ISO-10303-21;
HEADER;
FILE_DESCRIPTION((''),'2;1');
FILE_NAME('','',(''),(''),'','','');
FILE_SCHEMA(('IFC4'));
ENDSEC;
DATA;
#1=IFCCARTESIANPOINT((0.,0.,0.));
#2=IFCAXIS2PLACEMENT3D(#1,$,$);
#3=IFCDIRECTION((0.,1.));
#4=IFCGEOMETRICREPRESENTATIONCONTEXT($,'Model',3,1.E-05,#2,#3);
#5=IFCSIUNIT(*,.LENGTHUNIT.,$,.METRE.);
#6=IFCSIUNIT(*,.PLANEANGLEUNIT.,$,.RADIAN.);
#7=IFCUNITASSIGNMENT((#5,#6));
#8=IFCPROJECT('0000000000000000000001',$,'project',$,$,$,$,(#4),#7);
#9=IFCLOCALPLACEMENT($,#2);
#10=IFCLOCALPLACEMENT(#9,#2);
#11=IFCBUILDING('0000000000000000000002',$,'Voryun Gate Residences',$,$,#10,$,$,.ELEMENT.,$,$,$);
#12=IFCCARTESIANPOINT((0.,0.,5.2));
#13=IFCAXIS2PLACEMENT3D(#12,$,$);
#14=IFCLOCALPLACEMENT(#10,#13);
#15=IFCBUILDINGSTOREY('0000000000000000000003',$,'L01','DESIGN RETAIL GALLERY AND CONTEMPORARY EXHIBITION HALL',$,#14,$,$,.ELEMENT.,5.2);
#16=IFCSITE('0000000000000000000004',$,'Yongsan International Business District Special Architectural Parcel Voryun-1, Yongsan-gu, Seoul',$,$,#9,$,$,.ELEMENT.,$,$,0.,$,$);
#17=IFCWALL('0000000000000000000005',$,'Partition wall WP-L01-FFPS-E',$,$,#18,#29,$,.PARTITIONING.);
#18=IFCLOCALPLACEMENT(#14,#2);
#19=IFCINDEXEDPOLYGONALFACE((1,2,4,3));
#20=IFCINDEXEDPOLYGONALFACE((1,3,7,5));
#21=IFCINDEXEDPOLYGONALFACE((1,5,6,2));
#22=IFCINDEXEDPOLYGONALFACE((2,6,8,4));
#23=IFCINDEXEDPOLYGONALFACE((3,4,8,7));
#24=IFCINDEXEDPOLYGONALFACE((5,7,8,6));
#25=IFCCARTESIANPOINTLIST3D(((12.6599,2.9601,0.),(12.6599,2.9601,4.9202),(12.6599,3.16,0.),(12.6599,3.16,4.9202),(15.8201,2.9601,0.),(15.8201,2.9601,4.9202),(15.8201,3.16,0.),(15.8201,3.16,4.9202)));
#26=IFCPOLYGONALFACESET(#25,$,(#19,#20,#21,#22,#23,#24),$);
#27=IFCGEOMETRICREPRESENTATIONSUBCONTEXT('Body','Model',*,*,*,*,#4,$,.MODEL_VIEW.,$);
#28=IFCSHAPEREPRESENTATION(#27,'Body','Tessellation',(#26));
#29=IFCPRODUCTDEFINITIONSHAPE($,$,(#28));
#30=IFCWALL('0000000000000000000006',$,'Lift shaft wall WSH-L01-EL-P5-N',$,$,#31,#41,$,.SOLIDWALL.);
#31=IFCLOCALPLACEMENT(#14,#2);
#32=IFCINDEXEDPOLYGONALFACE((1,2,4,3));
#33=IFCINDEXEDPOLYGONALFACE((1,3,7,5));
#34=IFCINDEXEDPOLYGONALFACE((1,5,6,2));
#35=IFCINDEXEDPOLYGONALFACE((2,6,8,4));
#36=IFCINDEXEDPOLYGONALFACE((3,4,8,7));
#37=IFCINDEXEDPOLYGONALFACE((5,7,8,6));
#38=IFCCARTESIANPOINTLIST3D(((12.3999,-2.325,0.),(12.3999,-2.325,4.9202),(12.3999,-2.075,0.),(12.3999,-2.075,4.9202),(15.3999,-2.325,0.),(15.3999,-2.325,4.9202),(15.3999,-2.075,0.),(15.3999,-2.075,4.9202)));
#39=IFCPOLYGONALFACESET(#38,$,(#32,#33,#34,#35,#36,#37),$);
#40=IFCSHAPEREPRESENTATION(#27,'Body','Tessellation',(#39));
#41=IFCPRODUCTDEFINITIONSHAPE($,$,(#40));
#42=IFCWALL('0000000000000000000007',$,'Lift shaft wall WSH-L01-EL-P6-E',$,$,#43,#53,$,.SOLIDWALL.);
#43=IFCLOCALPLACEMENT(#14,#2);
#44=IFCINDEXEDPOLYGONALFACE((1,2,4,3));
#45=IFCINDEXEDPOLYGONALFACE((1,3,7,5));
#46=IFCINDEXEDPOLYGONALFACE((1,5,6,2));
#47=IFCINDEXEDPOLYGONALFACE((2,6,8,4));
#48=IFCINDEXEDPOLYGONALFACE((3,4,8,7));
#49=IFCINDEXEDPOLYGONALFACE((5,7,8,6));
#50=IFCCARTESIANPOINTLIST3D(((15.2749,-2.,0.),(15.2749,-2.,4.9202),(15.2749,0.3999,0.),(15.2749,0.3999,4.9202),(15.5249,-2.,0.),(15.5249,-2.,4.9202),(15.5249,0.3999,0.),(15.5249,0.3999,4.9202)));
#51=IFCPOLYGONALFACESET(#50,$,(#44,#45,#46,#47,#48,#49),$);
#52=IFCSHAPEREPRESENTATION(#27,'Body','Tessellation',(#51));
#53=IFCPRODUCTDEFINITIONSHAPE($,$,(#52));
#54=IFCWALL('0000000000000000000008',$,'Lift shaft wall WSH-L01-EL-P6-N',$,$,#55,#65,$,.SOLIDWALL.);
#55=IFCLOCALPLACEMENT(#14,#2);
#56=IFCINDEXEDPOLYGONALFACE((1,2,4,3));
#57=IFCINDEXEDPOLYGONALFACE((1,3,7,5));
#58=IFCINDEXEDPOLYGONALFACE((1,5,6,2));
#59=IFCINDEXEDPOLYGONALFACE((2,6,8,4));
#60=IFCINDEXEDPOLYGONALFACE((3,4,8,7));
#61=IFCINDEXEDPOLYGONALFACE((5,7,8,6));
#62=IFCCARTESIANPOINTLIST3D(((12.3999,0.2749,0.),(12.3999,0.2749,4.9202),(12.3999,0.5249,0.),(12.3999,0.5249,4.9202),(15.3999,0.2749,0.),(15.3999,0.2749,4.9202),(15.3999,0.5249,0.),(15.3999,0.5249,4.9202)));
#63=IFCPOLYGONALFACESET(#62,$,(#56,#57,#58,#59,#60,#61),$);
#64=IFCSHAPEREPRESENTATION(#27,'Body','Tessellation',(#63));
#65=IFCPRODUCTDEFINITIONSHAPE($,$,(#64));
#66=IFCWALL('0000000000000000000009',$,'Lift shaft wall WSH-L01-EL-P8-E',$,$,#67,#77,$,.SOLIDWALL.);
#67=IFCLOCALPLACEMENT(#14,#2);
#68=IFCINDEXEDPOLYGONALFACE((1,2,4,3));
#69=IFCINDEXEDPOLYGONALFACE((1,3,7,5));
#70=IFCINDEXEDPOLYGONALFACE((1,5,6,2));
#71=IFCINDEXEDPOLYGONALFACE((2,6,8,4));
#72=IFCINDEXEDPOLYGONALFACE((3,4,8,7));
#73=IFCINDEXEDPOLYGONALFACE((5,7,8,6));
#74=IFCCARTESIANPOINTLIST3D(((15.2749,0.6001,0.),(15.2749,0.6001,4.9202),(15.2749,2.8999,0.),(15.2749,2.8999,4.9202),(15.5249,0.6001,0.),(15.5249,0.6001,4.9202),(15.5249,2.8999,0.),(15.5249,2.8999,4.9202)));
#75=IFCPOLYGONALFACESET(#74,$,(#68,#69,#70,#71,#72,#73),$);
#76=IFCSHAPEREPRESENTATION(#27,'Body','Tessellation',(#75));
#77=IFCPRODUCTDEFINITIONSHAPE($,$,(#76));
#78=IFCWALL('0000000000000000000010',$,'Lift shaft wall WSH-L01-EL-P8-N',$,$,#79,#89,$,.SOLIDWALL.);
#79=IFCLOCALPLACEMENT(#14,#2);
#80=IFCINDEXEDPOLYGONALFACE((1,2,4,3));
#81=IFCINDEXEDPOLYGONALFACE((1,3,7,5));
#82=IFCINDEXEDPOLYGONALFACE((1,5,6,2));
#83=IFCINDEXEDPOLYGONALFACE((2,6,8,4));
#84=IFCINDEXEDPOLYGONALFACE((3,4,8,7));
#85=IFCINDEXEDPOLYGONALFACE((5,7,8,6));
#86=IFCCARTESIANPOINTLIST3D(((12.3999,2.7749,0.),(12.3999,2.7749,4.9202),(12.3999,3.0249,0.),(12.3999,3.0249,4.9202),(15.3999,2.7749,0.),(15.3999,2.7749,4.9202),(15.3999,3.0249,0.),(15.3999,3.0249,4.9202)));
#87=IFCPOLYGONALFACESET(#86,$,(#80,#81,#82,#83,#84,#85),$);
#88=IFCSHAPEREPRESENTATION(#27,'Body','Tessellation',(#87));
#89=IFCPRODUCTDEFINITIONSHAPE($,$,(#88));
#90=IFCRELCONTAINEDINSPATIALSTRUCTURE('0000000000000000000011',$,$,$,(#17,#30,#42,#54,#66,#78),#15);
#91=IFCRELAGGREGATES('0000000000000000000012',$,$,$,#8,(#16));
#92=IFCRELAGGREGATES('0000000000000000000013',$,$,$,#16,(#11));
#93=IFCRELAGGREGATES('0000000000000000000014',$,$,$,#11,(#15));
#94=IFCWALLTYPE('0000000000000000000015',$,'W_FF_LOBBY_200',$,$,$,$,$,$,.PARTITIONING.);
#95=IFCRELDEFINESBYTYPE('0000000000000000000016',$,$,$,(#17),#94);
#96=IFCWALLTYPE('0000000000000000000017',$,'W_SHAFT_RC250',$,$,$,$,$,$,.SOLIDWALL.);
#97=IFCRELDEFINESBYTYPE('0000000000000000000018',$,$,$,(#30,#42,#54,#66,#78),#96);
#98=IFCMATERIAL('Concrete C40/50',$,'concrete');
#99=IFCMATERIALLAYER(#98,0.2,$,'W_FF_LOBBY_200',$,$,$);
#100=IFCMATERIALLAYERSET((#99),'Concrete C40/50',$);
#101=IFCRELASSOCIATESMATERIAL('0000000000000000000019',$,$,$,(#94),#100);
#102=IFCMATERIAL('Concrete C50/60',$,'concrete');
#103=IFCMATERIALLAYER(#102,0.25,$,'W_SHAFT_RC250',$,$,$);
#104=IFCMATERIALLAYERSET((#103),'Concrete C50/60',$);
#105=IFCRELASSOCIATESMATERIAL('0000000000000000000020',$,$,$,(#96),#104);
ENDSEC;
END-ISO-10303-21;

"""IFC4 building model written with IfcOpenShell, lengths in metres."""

from ifc_helpers import new_model, si_unit, direction, frame, frame_2d, origin, place, context, subcontext, project, spatial, rectangle, extrude, material, layer, layer_set, type_object, element, save


model = new_model("IFC4")

# Units and contexts
model_context = context("Model", 3, precision=1e-05, world=origin(), true_north=direction((0.0, 1.0)))
body_context = subcontext(model_context, "Body", "Model", "MODEL_VIEW")
ifc_project = project(units=[si_unit("LENGTHUNIT", "METRE"), si_unit("PLANEANGLEUNIT", "RADIAN")], contexts=[model_context])

# Site, building, storey
site_placement = place(None, origin())
site = spatial("IfcSite", under=ifc_project, at=site_placement, Name="Yongsan International Business District Special Architectural Parcel Voryun-1, Yongsan-gu, Seoul", CompositionType="ELEMENT", RefElevation=0.0)
building_placement = place(site_placement, origin())
building = spatial("IfcBuilding", under=site, at=building_placement, Name="Voryun Gate Residences", CompositionType="ELEMENT")
storey_placement = place(building_placement, frame((0.0, 0.0, 5.2)))
storey = spatial("IfcBuildingStorey", under=building, at=storey_placement, Name="L01", Description="DESIGN RETAIL GALLERY AND CONTEMPORARY EXHIBITION HALL", CompositionType="ELEMENT", Elevation=5.2)

# Walls
ifc_material_1 = material(Name="Concrete C40/50", Category="concrete")
ifc_layer_1 = layer(ifc_material_1, 0.2, Name="W_FF_LOBBY_200")
ifc_layer_set_1 = layer_set([ifc_layer_1], Name="Concrete C40/50")
wall_type_1 = type_object("IfcWallType", Name="W_FF_LOBBY_200", PredefinedType="PARTITIONING", material=ifc_layer_set_1)
wall_1_placement = place(storey_placement, frame((12.6599, 3.0601, 0.0), z_axis=(0.0, 0.0, 1.0), x_axis=(1.0, 0.0, 0.0)))
element("IfcWall", 1, at=wall_1_placement, inside=storey, type_object=wall_type_1, Name="Partition wall WP-L01-FFPS-E", PredefinedType="PARTITIONING", context=body_context, shape_type="SweptSolid", body=[
    extrude(rectangle(XDim=3.1602, YDim=0.2, at=frame_2d((1.5801, 0.0))), origin(), (0.0, 0.0, 1.0), 4.9202),
])
ifc_material_2 = material(Name="Concrete C50/60", Category="concrete")
ifc_layer_2 = layer(ifc_material_2, 0.25, Name="W_SHAFT_RC250")
ifc_layer_set_2 = layer_set([ifc_layer_2], Name="Concrete C50/60")
wall_type_2 = type_object("IfcWallType", Name="W_SHAFT_RC250", PredefinedType="SOLIDWALL", material=ifc_layer_set_2)
wall_2_placement = place(storey_placement, frame((15.3999, -2.2, 0.0), z_axis=(0.0, 0.0, 1.0), x_axis=(-1.0, 0.0, 0.0)))
element("IfcWall", 2, at=wall_2_placement, inside=storey, type_object=wall_type_2, Name="Lift shaft wall WSH-L01-EL-P5-N", PredefinedType="SOLIDWALL", context=body_context, shape_type="SweptSolid", body=[
    extrude(rectangle(XDim=3.0, YDim=0.25, at=frame_2d((1.5, 0.0))), origin(), (0.0, 0.0, 1.0), 4.9202),
])
wall_3_placement = place(storey_placement, frame((15.3999, -2.0, 0.0), z_axis=(0.0, 0.0, 1.0), x_axis=(0.0, 1.0, 0.0)))
element("IfcWall", 3, at=wall_3_placement, inside=storey, type_object=wall_type_2, Name="Lift shaft wall WSH-L01-EL-P6-E", PredefinedType="SOLIDWALL", context=body_context, shape_type="SweptSolid", body=[
    extrude(rectangle(XDim=2.3999, YDim=0.25, at=frame_2d((1.2, 0.0))), origin(), (0.0, 0.0, 1.0), 4.9202),
])
wall_4_placement = place(storey_placement, frame((15.3999, 0.3999, 0.0), z_axis=(0.0, 0.0, 1.0), x_axis=(-1.0, 0.0, 0.0)))
element("IfcWall", 4, at=wall_4_placement, inside=storey, type_object=wall_type_2, Name="Lift shaft wall WSH-L01-EL-P6-N", PredefinedType="SOLIDWALL", context=body_context, shape_type="SweptSolid", body=[
    extrude(rectangle(XDim=3.0, YDim=0.25, at=frame_2d((1.5, 0.0))), origin(), (0.0, 0.0, 1.0), 4.9202),
])
wall_5_placement = place(storey_placement, frame((15.3999, 0.6001, 0.0), z_axis=(0.0, 0.0, 1.0), x_axis=(0.0, 1.0, 0.0)))
element("IfcWall", 5, at=wall_5_placement, inside=storey, type_object=wall_type_2, Name="Lift shaft wall WSH-L01-EL-P8-E", PredefinedType="SOLIDWALL", context=body_context, shape_type="SweptSolid", body=[
    extrude(rectangle(XDim=2.2998, YDim=0.25, at=frame_2d((1.1499, 0.0))), origin(), (0.0, 0.0, 1.0), 4.9202),
])
wall_6_placement = place(storey_placement, frame((15.3999, 2.8999, 0.0), z_axis=(0.0, 0.0, 1.0), x_axis=(-1.0, 0.0, 0.0)))
element("IfcWall", 6, at=wall_6_placement, inside=storey, type_object=wall_type_2, Name="Lift shaft wall WSH-L01-EL-P8-N", PredefinedType="SOLIDWALL", context=body_context, shape_type="SweptSolid", body=[
    extrude(rectangle(XDim=3.0, YDim=0.25, at=frame_2d((1.5, 0.0))), origin(), (0.0, 0.0, 1.0), 4.9202),
])

save(model, "model.ifc")
